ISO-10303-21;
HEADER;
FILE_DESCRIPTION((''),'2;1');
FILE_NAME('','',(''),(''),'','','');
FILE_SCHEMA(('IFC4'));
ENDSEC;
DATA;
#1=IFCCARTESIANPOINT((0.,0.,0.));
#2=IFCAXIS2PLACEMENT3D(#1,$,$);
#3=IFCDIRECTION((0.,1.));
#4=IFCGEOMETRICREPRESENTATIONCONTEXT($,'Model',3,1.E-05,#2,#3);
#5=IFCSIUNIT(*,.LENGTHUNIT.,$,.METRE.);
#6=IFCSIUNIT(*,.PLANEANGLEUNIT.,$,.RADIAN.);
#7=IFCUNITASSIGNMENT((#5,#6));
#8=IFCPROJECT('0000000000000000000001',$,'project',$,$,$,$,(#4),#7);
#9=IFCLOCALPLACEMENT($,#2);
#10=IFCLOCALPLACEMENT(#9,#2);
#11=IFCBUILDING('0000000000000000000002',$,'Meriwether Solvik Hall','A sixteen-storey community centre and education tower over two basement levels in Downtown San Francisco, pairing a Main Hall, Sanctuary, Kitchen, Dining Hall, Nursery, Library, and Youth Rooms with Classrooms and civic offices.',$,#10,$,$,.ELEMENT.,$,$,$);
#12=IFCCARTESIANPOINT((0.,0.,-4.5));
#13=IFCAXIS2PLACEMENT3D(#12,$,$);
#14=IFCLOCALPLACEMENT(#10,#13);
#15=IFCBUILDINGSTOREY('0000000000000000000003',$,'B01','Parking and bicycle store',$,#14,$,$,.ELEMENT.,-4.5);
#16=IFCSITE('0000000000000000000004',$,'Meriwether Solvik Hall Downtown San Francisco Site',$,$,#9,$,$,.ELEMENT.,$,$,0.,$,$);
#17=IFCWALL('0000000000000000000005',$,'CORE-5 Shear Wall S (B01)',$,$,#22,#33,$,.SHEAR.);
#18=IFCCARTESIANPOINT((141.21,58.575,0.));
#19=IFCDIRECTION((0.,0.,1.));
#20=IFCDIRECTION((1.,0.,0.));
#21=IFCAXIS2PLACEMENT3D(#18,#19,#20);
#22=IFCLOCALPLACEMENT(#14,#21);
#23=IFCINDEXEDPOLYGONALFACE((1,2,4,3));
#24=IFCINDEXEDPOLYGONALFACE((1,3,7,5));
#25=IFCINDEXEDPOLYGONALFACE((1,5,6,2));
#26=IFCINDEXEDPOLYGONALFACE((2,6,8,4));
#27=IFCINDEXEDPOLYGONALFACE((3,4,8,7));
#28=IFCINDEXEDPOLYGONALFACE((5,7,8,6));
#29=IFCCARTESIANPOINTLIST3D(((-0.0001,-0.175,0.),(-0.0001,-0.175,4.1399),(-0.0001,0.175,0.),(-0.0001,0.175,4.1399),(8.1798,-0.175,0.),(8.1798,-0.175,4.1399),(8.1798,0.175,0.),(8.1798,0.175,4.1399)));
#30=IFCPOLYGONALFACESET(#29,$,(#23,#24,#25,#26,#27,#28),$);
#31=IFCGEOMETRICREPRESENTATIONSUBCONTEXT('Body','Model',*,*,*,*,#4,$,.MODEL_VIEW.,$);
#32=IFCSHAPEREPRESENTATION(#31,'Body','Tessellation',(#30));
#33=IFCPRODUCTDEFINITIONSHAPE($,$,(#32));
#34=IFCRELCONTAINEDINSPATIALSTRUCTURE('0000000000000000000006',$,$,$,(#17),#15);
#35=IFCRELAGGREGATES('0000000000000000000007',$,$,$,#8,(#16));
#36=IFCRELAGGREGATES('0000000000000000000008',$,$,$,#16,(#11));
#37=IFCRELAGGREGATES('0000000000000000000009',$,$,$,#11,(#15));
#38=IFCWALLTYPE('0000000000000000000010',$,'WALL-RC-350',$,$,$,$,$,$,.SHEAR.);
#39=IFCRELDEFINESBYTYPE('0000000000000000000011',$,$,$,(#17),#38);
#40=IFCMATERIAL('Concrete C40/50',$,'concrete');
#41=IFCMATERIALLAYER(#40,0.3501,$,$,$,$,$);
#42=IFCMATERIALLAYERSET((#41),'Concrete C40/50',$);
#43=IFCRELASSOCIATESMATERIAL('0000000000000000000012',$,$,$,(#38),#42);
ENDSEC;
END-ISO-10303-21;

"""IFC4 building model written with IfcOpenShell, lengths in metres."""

from ifc_helpers import new_model, si_unit, direction, frame, frame_2d, origin, place, context, subcontext, project, spatial, rectangle, extrude, material, layer, layer_set, type_object, element, save


model = new_model("IFC4")

# Units and contexts
model_context = context("Model", 3, precision=1e-05, world=origin(), true_north=direction((0.0, 1.0)))
body_context = subcontext(model_context, "Body", "Model", "MODEL_VIEW")
ifc_project = project(units=[si_unit("LENGTHUNIT", "METRE"), si_unit("PLANEANGLEUNIT", "RADIAN")], contexts=[model_context])

# Site, building, storey
site_placement = place(None, origin())
site = spatial("IfcSite", under=ifc_project, at=site_placement, Name="Meriwether Solvik Hall Downtown San Francisco Site", CompositionType="ELEMENT", RefElevation=0.0)
building_placement = place(site_placement, origin())
building = spatial("IfcBuilding", under=site, at=building_placement, Name="Meriwether Solvik Hall", Description="A sixteen-storey community centre and education tower over two basement levels in Downtown San Francisco, pairing a Main Hall, Sanctuary, Kitchen, Dining Hall, Nursery, Library, and Youth Rooms with Classrooms and civic offices.", CompositionType="ELEMENT")
storey_placement = place(building_placement, frame((0.0, 0.0, -4.5)))
storey = spatial("IfcBuildingStorey", under=building, at=storey_placement, Name="B01", Description="Parking and bicycle store", CompositionType="ELEMENT", Elevation=-4.5)

# Wall
ifc_material_1 = material(Name="Concrete C40/50", Category="concrete")
ifc_layer_1 = layer(ifc_material_1, 0.3501)
ifc_layer_set_1 = layer_set([ifc_layer_1], Name="Concrete C40/50")
wall_type_1 = type_object("IfcWallType", Name="WALL-RC-350", PredefinedType="SHEAR", material=ifc_layer_set_1)
wall_1_placement = place(storey_placement, frame((141.21, 58.575, 0.0), z_axis=(0.0, 0.0, 1.0), x_axis=(1.0, 0.0, 0.0)))
element("IfcWall", 1, at=wall_1_placement, inside=storey, type_object=wall_type_1, Name="CORE-5 Shear Wall S (B01)", PredefinedType="SHEAR", context=body_context, shape_type="SweptSolid", body=[
    extrude(rectangle(XDim=8.1799, YDim=0.3501, at=frame_2d((4.0898, 0.0))), origin(), (0.0, 0.0, 1.0), 4.1399),
])

save(model, "model.ifc")
